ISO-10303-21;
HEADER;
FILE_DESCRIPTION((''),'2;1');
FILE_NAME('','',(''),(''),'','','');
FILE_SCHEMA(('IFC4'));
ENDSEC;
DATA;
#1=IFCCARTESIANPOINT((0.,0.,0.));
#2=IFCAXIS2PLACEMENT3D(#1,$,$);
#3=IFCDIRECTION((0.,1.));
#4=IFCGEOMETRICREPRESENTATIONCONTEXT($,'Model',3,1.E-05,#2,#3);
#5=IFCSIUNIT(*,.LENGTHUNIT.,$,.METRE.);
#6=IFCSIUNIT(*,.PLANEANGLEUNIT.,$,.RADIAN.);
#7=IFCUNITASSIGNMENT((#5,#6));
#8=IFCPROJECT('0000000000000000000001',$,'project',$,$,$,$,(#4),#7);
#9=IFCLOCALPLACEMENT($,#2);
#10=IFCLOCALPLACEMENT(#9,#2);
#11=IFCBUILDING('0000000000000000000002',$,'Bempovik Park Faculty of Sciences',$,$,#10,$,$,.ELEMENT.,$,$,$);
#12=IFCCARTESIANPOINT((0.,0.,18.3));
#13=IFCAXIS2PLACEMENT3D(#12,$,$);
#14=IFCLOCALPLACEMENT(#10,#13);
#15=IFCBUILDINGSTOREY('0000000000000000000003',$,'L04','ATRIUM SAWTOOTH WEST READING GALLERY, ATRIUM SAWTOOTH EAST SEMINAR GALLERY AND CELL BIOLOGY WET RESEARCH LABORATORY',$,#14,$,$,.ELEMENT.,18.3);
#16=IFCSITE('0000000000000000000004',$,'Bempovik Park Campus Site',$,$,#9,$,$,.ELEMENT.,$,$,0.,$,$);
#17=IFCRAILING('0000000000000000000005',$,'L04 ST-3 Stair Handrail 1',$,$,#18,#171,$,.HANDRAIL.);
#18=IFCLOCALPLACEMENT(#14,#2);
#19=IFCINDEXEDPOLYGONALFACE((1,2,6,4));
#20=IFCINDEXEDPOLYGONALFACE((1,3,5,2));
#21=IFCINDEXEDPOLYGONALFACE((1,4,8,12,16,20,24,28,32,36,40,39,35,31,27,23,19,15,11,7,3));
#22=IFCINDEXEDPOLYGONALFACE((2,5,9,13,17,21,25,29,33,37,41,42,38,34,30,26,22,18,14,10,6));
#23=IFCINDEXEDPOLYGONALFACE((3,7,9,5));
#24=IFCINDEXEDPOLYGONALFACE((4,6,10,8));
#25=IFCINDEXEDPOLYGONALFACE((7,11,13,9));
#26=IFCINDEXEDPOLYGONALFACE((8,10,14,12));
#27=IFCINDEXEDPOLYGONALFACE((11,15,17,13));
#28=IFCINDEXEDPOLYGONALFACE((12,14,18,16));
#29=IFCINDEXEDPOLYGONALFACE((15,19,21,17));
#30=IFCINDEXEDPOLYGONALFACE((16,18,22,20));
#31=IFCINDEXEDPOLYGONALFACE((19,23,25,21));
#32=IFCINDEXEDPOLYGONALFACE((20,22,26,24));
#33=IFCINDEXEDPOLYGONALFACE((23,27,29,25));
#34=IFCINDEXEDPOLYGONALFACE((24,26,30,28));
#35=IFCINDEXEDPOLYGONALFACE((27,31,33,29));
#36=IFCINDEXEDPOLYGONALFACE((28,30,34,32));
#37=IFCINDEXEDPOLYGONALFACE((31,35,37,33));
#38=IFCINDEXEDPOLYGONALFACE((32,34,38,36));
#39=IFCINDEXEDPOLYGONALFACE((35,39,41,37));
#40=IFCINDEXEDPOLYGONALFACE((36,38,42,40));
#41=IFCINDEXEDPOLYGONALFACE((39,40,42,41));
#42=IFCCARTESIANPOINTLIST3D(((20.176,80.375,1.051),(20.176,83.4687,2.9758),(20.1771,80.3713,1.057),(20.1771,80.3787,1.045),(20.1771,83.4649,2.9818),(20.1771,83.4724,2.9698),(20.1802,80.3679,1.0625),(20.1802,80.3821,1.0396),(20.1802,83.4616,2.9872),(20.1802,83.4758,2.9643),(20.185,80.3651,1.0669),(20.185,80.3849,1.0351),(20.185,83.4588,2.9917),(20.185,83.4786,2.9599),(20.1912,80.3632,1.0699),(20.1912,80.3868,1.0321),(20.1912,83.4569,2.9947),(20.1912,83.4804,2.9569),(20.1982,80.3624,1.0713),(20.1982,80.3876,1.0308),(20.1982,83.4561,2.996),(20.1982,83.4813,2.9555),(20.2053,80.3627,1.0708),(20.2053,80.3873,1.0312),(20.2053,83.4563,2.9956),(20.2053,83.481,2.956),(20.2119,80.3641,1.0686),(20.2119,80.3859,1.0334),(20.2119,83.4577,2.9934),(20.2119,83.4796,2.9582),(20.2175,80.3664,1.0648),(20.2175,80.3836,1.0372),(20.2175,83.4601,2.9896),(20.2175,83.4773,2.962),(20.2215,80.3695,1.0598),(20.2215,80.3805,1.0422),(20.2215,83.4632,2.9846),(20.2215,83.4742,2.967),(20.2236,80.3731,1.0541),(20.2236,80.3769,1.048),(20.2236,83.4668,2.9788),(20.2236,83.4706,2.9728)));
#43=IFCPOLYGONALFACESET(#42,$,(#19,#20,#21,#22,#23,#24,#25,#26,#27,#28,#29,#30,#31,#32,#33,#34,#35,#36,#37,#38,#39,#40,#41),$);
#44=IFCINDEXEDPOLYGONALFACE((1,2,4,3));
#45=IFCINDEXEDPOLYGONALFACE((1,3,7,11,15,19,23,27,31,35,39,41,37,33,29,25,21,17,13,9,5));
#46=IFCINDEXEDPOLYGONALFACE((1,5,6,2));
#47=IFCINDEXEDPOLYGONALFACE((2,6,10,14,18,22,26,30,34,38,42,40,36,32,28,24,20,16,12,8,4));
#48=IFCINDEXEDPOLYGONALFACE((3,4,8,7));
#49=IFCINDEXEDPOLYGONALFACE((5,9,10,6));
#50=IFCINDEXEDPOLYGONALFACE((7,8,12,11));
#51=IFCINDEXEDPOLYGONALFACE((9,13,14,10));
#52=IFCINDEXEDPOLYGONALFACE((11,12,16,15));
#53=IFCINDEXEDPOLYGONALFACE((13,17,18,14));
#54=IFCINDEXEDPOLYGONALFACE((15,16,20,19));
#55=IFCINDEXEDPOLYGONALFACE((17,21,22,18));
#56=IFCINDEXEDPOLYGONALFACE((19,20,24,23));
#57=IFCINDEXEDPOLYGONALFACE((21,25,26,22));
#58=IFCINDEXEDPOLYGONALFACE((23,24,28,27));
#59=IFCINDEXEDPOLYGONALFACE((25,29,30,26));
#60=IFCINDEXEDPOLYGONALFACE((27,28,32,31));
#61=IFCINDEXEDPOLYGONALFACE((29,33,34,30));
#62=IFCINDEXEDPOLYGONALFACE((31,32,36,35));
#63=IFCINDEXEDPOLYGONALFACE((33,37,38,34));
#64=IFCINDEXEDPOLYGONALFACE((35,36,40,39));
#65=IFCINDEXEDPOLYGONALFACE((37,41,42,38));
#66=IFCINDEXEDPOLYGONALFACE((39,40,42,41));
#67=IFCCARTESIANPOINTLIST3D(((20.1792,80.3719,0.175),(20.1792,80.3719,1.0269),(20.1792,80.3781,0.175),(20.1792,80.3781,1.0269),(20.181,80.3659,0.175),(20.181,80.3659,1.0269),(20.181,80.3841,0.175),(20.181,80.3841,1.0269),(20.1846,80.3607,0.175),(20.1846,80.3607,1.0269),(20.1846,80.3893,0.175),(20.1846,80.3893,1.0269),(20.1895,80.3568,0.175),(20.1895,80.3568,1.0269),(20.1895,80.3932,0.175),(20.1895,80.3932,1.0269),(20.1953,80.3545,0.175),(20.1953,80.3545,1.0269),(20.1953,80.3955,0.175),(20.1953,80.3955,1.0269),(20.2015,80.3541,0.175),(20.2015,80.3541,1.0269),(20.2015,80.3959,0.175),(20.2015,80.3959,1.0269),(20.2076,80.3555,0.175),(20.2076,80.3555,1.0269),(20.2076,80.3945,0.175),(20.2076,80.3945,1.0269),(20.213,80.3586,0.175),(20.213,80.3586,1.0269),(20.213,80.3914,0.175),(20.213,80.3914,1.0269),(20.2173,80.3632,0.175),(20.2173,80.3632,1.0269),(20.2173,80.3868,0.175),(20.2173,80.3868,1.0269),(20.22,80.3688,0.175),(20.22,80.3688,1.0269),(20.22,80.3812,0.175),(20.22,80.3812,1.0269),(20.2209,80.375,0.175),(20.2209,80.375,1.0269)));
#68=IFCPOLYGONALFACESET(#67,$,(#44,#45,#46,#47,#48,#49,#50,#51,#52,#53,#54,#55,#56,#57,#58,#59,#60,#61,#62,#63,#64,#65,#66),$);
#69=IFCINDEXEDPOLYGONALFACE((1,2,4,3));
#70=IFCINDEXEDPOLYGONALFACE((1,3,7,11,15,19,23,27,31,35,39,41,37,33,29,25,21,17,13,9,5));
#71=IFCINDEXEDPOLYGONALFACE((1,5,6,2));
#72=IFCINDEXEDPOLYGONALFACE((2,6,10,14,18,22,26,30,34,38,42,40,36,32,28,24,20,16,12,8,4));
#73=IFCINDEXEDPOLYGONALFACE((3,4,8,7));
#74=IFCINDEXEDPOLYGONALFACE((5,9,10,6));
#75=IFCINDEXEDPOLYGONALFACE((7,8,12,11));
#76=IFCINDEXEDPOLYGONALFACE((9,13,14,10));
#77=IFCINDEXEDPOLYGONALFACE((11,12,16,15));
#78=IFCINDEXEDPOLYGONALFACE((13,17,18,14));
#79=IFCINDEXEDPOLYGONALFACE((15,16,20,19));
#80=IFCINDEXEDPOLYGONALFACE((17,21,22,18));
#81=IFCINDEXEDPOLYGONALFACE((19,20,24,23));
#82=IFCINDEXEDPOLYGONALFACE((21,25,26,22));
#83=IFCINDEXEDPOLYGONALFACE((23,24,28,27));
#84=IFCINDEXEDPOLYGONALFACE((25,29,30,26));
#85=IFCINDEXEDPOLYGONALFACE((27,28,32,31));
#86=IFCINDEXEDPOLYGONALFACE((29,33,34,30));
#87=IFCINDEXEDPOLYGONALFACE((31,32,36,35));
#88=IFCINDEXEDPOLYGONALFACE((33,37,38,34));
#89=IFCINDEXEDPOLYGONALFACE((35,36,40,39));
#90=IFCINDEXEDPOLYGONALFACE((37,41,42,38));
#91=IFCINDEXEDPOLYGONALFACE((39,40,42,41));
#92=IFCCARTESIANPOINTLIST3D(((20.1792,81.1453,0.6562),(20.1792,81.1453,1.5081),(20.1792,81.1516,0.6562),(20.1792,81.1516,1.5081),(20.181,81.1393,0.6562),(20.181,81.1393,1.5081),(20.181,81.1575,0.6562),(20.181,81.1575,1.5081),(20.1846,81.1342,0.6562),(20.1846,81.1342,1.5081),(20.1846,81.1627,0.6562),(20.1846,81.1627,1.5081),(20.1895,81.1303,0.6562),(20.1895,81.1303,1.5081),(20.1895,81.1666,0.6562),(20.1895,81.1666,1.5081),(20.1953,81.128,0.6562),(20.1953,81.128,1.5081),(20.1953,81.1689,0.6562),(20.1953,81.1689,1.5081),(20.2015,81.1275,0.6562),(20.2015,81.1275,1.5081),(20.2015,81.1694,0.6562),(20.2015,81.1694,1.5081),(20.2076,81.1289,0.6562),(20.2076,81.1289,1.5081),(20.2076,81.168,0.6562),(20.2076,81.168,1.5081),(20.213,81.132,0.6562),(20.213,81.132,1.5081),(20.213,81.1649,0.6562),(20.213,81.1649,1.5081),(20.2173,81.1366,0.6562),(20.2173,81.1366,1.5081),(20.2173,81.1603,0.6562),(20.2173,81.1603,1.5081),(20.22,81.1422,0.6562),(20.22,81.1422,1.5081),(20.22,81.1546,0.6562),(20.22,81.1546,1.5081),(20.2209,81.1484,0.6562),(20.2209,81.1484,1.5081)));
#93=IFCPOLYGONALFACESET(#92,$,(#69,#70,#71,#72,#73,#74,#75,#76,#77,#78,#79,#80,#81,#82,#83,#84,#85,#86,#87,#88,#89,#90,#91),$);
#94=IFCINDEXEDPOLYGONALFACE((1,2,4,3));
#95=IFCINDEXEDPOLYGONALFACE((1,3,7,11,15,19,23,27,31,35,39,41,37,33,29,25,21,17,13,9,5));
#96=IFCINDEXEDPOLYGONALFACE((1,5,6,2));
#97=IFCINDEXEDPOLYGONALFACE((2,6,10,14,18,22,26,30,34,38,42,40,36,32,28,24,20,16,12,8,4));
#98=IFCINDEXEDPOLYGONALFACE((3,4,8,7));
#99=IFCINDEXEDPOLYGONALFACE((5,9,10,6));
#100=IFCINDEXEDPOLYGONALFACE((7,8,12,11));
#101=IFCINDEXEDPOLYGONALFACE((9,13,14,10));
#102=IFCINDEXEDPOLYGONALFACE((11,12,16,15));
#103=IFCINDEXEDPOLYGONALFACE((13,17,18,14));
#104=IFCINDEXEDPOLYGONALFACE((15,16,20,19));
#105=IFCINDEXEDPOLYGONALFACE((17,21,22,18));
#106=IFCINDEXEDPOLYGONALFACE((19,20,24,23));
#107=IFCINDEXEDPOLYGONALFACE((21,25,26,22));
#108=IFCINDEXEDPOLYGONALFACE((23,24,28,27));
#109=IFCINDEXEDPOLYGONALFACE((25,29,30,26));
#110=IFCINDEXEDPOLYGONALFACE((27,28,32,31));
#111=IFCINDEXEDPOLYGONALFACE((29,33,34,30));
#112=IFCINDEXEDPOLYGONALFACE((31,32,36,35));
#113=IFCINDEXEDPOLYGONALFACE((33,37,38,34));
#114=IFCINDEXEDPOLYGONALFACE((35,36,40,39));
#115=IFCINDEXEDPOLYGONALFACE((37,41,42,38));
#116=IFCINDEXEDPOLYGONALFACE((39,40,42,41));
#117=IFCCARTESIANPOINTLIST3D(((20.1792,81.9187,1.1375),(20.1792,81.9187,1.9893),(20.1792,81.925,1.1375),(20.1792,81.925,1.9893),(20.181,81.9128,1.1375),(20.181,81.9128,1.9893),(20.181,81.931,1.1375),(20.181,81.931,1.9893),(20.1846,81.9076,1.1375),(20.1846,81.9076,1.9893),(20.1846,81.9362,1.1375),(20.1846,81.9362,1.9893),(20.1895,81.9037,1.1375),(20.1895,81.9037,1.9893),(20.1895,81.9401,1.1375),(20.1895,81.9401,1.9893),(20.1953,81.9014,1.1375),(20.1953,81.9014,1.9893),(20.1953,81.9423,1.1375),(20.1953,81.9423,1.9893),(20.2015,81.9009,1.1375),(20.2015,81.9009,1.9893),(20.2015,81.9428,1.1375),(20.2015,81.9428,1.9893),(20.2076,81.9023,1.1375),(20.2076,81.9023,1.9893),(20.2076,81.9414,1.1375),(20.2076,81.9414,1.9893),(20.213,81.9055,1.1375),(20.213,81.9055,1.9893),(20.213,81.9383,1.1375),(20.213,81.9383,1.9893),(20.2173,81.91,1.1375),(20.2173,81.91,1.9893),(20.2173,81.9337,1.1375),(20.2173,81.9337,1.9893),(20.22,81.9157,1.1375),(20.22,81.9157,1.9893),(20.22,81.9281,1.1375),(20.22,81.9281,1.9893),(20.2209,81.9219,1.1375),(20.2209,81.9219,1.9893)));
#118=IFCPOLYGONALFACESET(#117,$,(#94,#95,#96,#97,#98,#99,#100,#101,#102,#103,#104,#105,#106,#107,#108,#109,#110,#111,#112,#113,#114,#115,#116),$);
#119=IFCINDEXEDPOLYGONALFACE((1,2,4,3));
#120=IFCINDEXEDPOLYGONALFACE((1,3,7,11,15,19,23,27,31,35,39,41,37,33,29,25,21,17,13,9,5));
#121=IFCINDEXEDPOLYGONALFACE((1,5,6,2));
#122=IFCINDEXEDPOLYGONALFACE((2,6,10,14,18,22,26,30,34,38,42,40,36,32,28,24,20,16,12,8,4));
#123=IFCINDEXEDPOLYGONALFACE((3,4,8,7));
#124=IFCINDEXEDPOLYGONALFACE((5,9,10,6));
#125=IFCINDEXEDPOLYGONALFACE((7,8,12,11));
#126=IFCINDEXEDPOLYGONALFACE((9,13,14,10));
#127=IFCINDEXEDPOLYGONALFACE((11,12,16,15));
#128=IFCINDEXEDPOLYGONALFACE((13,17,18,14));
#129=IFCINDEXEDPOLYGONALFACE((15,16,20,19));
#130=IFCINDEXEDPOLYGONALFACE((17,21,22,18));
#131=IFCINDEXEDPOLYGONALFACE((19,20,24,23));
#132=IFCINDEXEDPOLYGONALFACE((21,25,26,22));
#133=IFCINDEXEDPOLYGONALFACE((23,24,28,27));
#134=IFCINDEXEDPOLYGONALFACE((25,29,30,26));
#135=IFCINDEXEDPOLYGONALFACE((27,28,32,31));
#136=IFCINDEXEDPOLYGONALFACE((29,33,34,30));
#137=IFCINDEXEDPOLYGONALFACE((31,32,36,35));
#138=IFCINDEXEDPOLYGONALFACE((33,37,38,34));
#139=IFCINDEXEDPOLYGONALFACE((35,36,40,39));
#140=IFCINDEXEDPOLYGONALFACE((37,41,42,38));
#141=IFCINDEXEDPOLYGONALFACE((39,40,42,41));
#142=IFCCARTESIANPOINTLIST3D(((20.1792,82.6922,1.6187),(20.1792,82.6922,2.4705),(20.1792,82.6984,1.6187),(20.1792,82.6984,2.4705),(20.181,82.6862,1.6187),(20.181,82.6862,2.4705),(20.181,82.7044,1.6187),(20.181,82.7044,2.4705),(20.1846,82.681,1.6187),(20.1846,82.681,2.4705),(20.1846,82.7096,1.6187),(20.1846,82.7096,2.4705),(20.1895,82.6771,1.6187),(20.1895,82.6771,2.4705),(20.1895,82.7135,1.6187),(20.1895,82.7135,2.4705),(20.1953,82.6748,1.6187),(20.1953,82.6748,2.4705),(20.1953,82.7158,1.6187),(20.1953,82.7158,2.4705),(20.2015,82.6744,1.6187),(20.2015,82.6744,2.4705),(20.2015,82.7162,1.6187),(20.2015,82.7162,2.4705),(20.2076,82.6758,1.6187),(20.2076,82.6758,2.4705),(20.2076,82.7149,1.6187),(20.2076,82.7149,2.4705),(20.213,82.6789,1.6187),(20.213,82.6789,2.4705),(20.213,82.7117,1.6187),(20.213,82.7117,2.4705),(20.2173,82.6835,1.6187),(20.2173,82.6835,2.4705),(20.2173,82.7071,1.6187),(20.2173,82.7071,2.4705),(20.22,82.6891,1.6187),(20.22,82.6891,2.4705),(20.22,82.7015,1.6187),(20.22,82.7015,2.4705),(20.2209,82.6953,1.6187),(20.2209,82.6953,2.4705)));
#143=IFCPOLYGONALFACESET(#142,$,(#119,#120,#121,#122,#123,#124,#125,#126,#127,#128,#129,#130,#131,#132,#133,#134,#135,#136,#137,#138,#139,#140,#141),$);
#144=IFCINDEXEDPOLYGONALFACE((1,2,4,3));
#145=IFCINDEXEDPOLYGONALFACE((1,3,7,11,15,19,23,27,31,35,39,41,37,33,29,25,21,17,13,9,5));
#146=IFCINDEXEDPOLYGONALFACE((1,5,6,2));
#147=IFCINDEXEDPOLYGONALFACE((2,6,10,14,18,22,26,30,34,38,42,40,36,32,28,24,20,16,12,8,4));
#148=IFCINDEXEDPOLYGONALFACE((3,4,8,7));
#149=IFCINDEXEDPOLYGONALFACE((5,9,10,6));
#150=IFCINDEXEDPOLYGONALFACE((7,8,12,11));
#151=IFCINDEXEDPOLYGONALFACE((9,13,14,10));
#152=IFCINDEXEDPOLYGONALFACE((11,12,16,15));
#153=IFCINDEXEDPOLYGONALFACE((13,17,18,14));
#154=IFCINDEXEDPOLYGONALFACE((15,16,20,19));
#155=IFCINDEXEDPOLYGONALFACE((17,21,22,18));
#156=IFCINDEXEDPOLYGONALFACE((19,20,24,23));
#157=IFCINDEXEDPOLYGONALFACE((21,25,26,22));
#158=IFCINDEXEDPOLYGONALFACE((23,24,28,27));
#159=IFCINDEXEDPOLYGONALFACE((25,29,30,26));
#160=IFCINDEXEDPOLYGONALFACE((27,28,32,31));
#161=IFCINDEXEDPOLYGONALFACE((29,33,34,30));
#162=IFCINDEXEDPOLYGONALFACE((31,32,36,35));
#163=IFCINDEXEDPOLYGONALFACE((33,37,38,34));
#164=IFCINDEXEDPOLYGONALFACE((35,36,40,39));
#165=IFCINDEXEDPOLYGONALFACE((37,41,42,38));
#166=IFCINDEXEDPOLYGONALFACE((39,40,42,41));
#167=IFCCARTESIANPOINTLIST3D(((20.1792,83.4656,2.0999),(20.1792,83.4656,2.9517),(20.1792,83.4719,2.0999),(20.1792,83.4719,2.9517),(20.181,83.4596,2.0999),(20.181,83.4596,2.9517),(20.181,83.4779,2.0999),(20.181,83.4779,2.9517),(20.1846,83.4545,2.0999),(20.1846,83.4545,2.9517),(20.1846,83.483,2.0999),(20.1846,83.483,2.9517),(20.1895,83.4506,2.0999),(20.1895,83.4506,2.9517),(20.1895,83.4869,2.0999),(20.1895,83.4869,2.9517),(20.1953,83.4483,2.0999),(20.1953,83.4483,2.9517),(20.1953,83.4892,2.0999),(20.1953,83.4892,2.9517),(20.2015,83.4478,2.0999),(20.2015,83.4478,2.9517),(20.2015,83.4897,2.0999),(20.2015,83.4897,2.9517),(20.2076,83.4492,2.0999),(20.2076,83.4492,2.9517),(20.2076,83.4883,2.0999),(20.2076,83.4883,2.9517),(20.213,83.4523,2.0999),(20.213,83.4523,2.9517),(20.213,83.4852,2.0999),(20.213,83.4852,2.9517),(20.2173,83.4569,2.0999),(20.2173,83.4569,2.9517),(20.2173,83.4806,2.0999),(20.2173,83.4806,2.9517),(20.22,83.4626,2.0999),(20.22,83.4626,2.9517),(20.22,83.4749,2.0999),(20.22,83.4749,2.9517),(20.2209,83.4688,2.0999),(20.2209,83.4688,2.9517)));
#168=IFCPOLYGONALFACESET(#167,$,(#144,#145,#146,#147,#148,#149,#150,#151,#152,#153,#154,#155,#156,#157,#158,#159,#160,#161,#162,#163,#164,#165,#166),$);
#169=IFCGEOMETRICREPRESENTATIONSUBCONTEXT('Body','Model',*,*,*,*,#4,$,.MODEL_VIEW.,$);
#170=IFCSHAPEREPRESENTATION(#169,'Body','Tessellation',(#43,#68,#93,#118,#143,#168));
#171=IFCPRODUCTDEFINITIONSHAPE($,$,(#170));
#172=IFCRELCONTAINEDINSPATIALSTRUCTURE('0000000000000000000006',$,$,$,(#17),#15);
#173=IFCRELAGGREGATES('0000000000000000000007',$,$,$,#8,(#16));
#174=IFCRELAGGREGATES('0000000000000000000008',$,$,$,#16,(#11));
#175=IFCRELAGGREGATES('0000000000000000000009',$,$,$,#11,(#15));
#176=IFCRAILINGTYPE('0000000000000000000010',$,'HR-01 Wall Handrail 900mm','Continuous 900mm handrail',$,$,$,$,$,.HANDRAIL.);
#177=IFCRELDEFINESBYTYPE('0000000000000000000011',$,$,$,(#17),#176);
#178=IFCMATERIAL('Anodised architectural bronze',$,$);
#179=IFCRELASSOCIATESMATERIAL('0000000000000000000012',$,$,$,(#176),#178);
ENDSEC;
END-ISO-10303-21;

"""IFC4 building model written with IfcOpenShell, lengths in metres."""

from ifc_helpers import new_model, si_unit, direction, frame, origin, origin_2d, place, context, subcontext, project, spatial, circle, extrude, material, type_object, element, save


model = new_model("IFC4")

# Units and contexts
model_context = context("Model", 3, precision=1e-05, world=origin(), true_north=direction((0.0, 1.0)))
body_context = subcontext(model_context, "Body", "Model", "MODEL_VIEW")
ifc_project = project(units=[si_unit("LENGTHUNIT", "METRE"), si_unit("PLANEANGLEUNIT", "RADIAN")], contexts=[model_context])

# Site, building, storey
site_placement = place(None, origin())
site = spatial("IfcSite", under=ifc_project, at=site_placement, Name="Bempovik Park Campus Site", CompositionType="ELEMENT", RefElevation=0.0)
building_placement = place(site_placement, origin())
building = spatial("IfcBuilding", under=site, at=building_placement, Name="Bempovik Park Faculty of Sciences", CompositionType="ELEMENT")
storey_placement = place(building_placement, frame((0.0, 0.0, 18.3)))
storey = spatial("IfcBuildingStorey", under=building, at=storey_placement, Name="L04", Description="ATRIUM SAWTOOTH WEST READING GALLERY, ATRIUM SAWTOOTH EAST SEMINAR GALLERY AND CELL BIOLOGY WET RESEARCH LABORATORY", CompositionType="ELEMENT", Elevation=18.3)

# Railing
ifc_material_1 = material(Name="Anodised architectural bronze")
railing_type_1 = type_object("IfcRailingType", Name="HR-01 Wall Handrail 900mm", Description="Continuous 900mm handrail", PredefinedType="HANDRAIL", material=ifc_material_1)
railing_1_placement = place(storey_placement, frame((20.2, 80.375, 0.175)))
element("IfcRailing", 1, at=railing_1_placement, inside=storey, type_object=railing_type_1, Name="L04 ST-3 Stair Handrail 1", PredefinedType="HANDRAIL", context=body_context, shape_type="SweptSolid", body=[
    extrude(circle(Radius=0.0239, at=origin_2d()), frame((0.0, 0.0, 0.876), z_axis=(0.0, 0.849081, 0.528263), x_axis=(-1.0, 0.0, 0.0)), (0.0, 0.0, 1.0), 3.6436),
    extrude(circle(Radius=0.021, at=origin_2d()), origin(), (0.0, 0.0, 1.0), 0.8518),
    extrude(circle(Radius=0.021, at=origin_2d()), frame((0.0, 0.7734, 0.4812)), (0.0, 0.0, 1.0), 0.8518),
    extrude(circle(Radius=0.021, at=origin_2d()), frame((0.0, 1.5469, 0.9624)), (0.0, 0.0, 1.0), 0.8518),
    extrude(circle(Radius=0.021, at=origin_2d()), frame((0.0, 2.3203, 1.4436)), (0.0, 0.0, 1.0), 0.8518),
    extrude(circle(Radius=0.021, at=origin_2d()), frame((0.0, 3.0938, 1.9248)), (0.0, 0.0, 1.0), 0.8518),
])

save(model, "model.ifc")
